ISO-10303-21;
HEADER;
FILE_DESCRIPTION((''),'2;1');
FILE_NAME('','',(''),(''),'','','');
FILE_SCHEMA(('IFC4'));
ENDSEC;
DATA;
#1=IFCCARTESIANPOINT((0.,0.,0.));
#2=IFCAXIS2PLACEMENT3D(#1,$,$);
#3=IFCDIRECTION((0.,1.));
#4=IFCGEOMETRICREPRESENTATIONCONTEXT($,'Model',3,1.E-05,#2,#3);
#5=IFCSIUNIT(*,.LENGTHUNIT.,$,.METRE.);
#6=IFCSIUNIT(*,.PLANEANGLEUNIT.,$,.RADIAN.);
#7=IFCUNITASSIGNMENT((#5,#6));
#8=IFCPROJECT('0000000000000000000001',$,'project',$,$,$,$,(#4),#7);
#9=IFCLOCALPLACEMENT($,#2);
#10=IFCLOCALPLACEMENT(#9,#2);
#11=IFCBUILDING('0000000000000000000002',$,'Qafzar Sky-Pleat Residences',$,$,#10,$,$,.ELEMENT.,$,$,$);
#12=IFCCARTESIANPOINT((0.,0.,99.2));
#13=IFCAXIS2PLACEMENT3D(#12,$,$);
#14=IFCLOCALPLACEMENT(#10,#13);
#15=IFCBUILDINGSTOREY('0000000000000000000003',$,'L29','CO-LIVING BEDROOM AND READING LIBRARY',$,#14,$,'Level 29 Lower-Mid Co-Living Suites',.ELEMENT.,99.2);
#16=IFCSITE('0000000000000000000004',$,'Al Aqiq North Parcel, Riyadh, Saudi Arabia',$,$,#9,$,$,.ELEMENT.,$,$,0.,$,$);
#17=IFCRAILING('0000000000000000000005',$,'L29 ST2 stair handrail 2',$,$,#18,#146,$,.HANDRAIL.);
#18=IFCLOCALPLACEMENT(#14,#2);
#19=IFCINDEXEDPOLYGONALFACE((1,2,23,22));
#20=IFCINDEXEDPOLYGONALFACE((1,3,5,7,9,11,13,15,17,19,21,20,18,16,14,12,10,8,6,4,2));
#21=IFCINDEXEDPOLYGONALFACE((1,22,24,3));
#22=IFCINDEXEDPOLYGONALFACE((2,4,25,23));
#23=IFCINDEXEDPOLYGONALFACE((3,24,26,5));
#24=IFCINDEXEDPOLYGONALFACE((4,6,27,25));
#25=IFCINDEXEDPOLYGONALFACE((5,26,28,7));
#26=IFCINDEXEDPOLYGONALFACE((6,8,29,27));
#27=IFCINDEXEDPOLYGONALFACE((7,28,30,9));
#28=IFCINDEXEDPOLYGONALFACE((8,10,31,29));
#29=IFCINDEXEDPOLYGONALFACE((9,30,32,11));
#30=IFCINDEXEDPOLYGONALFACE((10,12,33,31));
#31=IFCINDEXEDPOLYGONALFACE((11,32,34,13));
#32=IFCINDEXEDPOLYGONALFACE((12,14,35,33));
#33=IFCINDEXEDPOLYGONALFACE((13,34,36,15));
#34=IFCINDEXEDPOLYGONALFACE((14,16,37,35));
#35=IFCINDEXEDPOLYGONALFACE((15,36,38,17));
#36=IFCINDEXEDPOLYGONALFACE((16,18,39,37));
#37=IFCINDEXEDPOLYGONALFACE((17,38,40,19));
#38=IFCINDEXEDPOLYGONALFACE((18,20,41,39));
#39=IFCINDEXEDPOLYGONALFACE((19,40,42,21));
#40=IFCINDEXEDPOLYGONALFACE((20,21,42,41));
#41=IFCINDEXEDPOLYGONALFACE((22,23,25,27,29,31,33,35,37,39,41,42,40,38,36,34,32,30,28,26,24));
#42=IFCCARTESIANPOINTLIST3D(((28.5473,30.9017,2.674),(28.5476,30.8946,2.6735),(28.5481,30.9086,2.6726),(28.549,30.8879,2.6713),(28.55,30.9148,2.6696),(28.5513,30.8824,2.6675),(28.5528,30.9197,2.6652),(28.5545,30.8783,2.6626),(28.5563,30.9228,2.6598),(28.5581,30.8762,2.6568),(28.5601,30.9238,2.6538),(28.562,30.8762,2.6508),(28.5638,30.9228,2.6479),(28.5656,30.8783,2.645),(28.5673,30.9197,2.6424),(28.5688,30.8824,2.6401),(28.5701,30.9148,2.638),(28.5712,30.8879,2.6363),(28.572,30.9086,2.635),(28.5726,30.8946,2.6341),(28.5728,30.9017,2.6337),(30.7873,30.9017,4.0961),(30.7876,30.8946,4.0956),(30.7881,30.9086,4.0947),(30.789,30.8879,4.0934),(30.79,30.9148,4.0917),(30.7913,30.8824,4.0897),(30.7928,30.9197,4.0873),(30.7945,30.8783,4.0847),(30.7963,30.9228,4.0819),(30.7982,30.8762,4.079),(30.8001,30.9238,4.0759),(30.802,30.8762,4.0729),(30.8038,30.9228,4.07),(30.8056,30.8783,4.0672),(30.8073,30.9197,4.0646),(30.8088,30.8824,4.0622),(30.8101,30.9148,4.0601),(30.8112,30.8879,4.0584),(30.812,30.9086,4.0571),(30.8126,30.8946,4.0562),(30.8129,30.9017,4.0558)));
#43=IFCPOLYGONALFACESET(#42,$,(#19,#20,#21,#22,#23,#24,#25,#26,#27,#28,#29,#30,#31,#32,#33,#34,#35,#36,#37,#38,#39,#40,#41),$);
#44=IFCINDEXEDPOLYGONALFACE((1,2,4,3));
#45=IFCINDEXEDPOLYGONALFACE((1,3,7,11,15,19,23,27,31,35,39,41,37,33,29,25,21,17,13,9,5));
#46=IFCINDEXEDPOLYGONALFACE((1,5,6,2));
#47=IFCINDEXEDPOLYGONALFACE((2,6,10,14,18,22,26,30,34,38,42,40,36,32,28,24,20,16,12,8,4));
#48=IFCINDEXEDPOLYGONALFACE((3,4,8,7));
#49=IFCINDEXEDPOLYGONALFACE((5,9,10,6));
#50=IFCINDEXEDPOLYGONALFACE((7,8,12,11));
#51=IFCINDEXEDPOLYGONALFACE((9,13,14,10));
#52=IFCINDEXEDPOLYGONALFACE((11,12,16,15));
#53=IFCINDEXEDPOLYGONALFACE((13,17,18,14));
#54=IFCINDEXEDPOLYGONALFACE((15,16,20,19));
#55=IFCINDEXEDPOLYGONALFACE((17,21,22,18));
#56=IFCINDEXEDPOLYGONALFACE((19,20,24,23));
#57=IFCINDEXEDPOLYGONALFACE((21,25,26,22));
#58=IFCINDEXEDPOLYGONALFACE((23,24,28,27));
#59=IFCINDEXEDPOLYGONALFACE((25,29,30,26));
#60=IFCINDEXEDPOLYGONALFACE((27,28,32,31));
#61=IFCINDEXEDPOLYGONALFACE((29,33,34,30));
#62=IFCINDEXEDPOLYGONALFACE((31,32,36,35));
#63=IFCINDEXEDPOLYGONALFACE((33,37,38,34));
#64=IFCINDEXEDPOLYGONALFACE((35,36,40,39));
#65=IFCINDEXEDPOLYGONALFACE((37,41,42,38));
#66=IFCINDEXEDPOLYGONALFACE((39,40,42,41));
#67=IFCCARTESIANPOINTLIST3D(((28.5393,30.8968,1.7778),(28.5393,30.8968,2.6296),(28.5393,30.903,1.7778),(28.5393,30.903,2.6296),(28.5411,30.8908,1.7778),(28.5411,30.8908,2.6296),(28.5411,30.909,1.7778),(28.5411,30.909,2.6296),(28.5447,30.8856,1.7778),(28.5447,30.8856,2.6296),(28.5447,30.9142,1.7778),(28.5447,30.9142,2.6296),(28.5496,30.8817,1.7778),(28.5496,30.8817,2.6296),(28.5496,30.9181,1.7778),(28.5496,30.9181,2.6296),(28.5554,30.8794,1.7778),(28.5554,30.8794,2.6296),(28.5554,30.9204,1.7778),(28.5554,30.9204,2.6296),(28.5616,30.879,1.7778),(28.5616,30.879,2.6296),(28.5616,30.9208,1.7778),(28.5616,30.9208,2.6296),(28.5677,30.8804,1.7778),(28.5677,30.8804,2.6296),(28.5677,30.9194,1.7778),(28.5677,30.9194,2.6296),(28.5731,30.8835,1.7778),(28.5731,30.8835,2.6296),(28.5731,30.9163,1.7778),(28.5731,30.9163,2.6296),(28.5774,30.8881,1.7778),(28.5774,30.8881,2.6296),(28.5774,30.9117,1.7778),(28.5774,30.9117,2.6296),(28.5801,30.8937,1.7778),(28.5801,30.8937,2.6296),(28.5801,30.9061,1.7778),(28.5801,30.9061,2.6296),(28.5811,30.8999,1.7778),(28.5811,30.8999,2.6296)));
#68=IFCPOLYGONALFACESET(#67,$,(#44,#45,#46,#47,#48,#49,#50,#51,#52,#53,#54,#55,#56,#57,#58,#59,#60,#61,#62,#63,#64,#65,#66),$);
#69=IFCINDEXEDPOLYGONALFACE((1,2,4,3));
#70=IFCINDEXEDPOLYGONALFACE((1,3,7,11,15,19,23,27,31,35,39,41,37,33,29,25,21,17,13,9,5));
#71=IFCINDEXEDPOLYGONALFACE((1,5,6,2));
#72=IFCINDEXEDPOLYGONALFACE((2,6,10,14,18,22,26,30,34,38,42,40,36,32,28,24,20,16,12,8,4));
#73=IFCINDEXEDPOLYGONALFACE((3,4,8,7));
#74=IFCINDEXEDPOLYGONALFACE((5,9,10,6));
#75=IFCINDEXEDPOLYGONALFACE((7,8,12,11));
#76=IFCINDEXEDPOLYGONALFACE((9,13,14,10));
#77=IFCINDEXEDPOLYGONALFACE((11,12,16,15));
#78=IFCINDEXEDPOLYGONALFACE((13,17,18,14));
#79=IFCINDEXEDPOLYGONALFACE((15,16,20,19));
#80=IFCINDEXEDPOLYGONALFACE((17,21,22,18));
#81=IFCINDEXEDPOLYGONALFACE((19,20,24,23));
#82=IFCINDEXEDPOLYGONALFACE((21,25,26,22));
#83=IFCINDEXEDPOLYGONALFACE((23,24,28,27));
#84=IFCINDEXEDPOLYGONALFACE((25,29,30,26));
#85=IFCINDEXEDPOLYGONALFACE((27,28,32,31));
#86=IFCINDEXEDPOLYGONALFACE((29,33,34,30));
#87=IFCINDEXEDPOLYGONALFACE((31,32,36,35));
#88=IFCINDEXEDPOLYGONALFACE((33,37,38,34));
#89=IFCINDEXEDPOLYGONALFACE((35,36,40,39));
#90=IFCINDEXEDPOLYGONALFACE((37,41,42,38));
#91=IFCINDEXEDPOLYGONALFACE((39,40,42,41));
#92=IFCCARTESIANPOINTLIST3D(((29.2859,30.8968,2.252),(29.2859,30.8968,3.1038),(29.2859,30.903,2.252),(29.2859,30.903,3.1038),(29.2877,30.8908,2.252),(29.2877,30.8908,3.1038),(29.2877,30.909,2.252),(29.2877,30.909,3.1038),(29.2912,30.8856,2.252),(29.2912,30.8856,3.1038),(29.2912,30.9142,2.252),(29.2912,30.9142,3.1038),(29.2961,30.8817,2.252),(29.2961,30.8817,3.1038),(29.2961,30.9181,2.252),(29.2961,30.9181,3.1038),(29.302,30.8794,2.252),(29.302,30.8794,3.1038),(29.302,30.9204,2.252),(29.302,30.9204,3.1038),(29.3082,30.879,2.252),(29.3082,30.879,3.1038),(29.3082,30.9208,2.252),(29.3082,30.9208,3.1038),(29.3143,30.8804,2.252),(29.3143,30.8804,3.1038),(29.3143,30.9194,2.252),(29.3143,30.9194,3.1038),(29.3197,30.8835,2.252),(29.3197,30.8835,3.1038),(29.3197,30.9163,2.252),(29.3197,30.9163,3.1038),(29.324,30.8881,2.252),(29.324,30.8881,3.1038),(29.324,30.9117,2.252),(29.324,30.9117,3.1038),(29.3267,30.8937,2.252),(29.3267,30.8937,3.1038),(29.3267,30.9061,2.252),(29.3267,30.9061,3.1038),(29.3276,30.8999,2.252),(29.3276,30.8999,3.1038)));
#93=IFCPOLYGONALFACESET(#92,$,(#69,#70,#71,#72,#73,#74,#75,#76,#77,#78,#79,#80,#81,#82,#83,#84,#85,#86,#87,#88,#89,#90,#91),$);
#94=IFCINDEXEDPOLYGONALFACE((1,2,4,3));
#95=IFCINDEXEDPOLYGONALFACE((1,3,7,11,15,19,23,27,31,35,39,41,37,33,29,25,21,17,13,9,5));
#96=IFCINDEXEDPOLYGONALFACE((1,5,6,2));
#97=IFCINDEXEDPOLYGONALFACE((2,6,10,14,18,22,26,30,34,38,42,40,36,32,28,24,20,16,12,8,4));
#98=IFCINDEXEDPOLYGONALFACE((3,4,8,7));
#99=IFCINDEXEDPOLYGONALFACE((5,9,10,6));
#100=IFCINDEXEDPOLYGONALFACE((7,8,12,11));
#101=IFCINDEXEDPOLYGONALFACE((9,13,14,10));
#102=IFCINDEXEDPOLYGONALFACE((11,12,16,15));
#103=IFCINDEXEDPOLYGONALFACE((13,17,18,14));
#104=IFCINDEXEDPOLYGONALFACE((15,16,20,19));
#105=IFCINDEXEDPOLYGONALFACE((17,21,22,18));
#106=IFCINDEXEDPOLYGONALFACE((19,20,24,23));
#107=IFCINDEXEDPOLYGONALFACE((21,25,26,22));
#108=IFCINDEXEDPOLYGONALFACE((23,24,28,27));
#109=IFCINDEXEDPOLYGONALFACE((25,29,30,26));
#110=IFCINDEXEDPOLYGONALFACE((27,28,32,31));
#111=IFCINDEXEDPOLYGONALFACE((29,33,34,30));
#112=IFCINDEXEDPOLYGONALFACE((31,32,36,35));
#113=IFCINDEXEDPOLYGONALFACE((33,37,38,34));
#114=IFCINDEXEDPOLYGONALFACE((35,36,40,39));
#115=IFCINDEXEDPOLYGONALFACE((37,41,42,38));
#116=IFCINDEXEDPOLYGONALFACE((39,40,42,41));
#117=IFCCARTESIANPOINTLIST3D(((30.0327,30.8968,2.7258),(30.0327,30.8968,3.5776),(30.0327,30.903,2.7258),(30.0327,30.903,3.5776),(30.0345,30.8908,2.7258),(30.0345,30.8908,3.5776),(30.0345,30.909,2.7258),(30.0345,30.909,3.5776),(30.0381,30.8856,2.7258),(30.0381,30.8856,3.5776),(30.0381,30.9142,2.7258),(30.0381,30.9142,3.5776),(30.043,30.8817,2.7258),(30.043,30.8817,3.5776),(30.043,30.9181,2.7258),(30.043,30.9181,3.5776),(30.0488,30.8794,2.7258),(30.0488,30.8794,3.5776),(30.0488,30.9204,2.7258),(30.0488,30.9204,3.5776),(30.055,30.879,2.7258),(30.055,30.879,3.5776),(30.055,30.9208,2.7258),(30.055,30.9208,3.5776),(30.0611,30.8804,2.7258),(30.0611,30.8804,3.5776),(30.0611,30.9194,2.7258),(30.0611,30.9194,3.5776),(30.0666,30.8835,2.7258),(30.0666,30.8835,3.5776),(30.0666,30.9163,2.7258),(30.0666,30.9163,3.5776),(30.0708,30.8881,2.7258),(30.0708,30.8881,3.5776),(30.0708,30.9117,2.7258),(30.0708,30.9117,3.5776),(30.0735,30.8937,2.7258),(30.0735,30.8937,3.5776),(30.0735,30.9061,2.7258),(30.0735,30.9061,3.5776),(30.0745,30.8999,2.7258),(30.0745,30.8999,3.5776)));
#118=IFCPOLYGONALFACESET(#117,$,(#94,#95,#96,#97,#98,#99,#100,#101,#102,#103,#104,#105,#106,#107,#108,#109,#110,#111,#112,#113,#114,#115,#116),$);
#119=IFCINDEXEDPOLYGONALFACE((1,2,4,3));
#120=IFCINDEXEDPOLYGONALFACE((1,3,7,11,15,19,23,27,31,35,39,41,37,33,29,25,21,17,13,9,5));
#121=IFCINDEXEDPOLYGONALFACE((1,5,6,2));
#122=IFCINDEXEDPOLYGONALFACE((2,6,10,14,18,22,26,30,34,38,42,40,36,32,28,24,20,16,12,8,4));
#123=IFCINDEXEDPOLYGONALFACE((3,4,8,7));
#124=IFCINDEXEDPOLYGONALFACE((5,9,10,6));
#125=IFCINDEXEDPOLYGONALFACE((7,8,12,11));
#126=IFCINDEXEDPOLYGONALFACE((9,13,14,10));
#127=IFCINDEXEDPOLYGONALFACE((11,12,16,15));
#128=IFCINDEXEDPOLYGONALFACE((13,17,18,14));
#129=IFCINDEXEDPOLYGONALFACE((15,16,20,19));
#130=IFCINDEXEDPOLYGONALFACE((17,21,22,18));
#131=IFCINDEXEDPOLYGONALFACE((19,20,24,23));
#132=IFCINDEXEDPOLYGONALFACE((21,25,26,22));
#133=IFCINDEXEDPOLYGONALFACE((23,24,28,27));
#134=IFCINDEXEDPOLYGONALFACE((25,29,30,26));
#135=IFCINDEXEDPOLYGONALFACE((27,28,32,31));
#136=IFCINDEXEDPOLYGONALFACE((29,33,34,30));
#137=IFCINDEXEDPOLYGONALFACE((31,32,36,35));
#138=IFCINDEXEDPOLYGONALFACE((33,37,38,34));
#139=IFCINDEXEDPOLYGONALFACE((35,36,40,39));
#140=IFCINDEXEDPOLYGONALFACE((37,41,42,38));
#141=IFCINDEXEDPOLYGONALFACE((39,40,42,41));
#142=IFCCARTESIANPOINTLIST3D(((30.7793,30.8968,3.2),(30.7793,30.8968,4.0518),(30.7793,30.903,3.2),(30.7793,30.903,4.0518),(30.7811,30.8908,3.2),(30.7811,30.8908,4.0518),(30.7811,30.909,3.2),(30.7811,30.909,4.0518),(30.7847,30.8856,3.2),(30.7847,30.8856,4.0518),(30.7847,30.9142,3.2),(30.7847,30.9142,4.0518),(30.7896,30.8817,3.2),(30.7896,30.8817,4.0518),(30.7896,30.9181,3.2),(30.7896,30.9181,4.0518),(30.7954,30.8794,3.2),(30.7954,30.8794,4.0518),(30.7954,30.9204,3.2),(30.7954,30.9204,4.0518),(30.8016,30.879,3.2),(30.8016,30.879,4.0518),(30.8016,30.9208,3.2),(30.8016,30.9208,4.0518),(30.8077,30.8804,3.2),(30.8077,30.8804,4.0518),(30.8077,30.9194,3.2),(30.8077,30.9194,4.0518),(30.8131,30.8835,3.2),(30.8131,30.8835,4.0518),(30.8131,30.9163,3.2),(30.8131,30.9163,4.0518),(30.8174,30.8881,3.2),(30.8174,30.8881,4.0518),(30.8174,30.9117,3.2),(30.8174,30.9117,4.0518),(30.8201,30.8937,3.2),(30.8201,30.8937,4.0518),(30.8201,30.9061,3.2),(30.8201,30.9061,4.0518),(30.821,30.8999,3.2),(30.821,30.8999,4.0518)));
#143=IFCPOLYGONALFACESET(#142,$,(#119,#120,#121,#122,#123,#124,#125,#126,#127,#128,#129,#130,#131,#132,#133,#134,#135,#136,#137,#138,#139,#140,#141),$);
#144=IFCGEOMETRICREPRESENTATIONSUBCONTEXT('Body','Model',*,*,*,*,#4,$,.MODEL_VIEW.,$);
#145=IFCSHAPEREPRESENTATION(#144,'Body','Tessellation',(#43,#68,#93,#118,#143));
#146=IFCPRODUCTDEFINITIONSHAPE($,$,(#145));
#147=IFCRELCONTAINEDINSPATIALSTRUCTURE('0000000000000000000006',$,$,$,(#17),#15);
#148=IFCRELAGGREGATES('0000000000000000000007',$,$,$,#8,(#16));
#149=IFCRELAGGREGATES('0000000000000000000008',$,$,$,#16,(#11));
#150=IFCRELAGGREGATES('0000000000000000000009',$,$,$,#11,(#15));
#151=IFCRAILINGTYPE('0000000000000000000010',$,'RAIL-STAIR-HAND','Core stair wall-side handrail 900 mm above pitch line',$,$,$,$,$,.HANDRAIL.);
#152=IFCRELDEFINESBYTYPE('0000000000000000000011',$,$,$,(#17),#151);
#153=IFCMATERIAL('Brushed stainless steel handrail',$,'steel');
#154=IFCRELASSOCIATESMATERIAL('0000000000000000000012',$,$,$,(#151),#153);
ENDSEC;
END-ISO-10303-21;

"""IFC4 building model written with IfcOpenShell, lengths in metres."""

from ifc_helpers import new_model, si_unit, direction, frame, origin, origin_2d, place, context, subcontext, project, spatial, circle, extrude, source, transform, mapped, material, type_object, element, save


model = new_model("IFC4")

# Units and contexts
model_context = context("Model", 3, precision=1e-05, world=origin(), true_north=direction((0.0, 1.0)))
body_context = subcontext(model_context, "Body", "Model", "MODEL_VIEW")
ifc_project = project(units=[si_unit("LENGTHUNIT", "METRE"), si_unit("PLANEANGLEUNIT", "RADIAN")], contexts=[model_context])

# Site, building, storey
site_placement = place(None, origin())
site = spatial("IfcSite", under=ifc_project, at=site_placement, Name="Al Aqiq North Parcel, Riyadh, Saudi Arabia", CompositionType="ELEMENT", RefElevation=0.0)
building_placement = place(site_placement, origin())
building = spatial("IfcBuilding", under=site, at=building_placement, Name="Qafzar Sky-Pleat Residences", CompositionType="ELEMENT")
storey_placement = place(building_placement, frame((0.0, 0.0, 99.2)))
storey = spatial("IfcBuildingStorey", under=building, at=storey_placement, Name="L29", Description="CO-LIVING BEDROOM AND READING LIBRARY", LongName="Level 29 Lower-Mid Co-Living Suites", CompositionType="ELEMENT", Elevation=99.2)

# Railing
ifc_material_1 = material(Name="Brushed stainless steel handrail", Category="steel")
railing_type_1 = type_object("IfcRailingType", Name="RAIL-STAIR-HAND", Description="Core stair wall-side handrail 900 mm above pitch line", PredefinedType="HANDRAIL", material=ifc_material_1)
shared_shape_1 = source(origin(), body_context, "Body", "SweptSolid", [
    extrude(circle(Radius=0.0239, at=origin_2d()), frame((0.0, 0.0, 0.876), z_axis=(0.844229, 0.0, 0.535982), x_axis=(0.0, 1.0, 0.0)), (0.0, 0.0, 1.0), 2.6533),
    extrude(circle(Radius=0.021, at=origin_2d()), origin(), (0.0, 0.0, 1.0), 0.8518),
    extrude(circle(Radius=0.021, at=origin_2d()), frame((0.7466, 0.0, 0.4741)), (0.0, 0.0, 1.0), 0.8518),
    extrude(circle(Radius=0.021, at=origin_2d()), frame((1.4934, 0.0, 0.948)), (0.0, 0.0, 1.0), 0.8518),
    extrude(circle(Radius=0.021, at=origin_2d()), frame((2.24, 0.0, 1.4221)), (0.0, 0.0, 1.0), 0.8518),
])
railing_1_placement = place(storey_placement, frame((28.5601, 30.8999, 1.7778)))
element("IfcRailing", 1, at=railing_1_placement, inside=storey, type_object=railing_type_1, Name="L29 ST2 stair handrail 2", PredefinedType="HANDRAIL", context=body_context, shape_type="MappedRepresentation", body=[
    mapped(shared_shape_1, transform((0.0, 0.0, 0.0), x_axis=(1.0, 0.0, 0.0), y_axis=(0.0, 1.0, 0.0), z_axis=(0.0, 0.0, 1.0), scale=1.0)),
])

save(model, "model.ifc")
